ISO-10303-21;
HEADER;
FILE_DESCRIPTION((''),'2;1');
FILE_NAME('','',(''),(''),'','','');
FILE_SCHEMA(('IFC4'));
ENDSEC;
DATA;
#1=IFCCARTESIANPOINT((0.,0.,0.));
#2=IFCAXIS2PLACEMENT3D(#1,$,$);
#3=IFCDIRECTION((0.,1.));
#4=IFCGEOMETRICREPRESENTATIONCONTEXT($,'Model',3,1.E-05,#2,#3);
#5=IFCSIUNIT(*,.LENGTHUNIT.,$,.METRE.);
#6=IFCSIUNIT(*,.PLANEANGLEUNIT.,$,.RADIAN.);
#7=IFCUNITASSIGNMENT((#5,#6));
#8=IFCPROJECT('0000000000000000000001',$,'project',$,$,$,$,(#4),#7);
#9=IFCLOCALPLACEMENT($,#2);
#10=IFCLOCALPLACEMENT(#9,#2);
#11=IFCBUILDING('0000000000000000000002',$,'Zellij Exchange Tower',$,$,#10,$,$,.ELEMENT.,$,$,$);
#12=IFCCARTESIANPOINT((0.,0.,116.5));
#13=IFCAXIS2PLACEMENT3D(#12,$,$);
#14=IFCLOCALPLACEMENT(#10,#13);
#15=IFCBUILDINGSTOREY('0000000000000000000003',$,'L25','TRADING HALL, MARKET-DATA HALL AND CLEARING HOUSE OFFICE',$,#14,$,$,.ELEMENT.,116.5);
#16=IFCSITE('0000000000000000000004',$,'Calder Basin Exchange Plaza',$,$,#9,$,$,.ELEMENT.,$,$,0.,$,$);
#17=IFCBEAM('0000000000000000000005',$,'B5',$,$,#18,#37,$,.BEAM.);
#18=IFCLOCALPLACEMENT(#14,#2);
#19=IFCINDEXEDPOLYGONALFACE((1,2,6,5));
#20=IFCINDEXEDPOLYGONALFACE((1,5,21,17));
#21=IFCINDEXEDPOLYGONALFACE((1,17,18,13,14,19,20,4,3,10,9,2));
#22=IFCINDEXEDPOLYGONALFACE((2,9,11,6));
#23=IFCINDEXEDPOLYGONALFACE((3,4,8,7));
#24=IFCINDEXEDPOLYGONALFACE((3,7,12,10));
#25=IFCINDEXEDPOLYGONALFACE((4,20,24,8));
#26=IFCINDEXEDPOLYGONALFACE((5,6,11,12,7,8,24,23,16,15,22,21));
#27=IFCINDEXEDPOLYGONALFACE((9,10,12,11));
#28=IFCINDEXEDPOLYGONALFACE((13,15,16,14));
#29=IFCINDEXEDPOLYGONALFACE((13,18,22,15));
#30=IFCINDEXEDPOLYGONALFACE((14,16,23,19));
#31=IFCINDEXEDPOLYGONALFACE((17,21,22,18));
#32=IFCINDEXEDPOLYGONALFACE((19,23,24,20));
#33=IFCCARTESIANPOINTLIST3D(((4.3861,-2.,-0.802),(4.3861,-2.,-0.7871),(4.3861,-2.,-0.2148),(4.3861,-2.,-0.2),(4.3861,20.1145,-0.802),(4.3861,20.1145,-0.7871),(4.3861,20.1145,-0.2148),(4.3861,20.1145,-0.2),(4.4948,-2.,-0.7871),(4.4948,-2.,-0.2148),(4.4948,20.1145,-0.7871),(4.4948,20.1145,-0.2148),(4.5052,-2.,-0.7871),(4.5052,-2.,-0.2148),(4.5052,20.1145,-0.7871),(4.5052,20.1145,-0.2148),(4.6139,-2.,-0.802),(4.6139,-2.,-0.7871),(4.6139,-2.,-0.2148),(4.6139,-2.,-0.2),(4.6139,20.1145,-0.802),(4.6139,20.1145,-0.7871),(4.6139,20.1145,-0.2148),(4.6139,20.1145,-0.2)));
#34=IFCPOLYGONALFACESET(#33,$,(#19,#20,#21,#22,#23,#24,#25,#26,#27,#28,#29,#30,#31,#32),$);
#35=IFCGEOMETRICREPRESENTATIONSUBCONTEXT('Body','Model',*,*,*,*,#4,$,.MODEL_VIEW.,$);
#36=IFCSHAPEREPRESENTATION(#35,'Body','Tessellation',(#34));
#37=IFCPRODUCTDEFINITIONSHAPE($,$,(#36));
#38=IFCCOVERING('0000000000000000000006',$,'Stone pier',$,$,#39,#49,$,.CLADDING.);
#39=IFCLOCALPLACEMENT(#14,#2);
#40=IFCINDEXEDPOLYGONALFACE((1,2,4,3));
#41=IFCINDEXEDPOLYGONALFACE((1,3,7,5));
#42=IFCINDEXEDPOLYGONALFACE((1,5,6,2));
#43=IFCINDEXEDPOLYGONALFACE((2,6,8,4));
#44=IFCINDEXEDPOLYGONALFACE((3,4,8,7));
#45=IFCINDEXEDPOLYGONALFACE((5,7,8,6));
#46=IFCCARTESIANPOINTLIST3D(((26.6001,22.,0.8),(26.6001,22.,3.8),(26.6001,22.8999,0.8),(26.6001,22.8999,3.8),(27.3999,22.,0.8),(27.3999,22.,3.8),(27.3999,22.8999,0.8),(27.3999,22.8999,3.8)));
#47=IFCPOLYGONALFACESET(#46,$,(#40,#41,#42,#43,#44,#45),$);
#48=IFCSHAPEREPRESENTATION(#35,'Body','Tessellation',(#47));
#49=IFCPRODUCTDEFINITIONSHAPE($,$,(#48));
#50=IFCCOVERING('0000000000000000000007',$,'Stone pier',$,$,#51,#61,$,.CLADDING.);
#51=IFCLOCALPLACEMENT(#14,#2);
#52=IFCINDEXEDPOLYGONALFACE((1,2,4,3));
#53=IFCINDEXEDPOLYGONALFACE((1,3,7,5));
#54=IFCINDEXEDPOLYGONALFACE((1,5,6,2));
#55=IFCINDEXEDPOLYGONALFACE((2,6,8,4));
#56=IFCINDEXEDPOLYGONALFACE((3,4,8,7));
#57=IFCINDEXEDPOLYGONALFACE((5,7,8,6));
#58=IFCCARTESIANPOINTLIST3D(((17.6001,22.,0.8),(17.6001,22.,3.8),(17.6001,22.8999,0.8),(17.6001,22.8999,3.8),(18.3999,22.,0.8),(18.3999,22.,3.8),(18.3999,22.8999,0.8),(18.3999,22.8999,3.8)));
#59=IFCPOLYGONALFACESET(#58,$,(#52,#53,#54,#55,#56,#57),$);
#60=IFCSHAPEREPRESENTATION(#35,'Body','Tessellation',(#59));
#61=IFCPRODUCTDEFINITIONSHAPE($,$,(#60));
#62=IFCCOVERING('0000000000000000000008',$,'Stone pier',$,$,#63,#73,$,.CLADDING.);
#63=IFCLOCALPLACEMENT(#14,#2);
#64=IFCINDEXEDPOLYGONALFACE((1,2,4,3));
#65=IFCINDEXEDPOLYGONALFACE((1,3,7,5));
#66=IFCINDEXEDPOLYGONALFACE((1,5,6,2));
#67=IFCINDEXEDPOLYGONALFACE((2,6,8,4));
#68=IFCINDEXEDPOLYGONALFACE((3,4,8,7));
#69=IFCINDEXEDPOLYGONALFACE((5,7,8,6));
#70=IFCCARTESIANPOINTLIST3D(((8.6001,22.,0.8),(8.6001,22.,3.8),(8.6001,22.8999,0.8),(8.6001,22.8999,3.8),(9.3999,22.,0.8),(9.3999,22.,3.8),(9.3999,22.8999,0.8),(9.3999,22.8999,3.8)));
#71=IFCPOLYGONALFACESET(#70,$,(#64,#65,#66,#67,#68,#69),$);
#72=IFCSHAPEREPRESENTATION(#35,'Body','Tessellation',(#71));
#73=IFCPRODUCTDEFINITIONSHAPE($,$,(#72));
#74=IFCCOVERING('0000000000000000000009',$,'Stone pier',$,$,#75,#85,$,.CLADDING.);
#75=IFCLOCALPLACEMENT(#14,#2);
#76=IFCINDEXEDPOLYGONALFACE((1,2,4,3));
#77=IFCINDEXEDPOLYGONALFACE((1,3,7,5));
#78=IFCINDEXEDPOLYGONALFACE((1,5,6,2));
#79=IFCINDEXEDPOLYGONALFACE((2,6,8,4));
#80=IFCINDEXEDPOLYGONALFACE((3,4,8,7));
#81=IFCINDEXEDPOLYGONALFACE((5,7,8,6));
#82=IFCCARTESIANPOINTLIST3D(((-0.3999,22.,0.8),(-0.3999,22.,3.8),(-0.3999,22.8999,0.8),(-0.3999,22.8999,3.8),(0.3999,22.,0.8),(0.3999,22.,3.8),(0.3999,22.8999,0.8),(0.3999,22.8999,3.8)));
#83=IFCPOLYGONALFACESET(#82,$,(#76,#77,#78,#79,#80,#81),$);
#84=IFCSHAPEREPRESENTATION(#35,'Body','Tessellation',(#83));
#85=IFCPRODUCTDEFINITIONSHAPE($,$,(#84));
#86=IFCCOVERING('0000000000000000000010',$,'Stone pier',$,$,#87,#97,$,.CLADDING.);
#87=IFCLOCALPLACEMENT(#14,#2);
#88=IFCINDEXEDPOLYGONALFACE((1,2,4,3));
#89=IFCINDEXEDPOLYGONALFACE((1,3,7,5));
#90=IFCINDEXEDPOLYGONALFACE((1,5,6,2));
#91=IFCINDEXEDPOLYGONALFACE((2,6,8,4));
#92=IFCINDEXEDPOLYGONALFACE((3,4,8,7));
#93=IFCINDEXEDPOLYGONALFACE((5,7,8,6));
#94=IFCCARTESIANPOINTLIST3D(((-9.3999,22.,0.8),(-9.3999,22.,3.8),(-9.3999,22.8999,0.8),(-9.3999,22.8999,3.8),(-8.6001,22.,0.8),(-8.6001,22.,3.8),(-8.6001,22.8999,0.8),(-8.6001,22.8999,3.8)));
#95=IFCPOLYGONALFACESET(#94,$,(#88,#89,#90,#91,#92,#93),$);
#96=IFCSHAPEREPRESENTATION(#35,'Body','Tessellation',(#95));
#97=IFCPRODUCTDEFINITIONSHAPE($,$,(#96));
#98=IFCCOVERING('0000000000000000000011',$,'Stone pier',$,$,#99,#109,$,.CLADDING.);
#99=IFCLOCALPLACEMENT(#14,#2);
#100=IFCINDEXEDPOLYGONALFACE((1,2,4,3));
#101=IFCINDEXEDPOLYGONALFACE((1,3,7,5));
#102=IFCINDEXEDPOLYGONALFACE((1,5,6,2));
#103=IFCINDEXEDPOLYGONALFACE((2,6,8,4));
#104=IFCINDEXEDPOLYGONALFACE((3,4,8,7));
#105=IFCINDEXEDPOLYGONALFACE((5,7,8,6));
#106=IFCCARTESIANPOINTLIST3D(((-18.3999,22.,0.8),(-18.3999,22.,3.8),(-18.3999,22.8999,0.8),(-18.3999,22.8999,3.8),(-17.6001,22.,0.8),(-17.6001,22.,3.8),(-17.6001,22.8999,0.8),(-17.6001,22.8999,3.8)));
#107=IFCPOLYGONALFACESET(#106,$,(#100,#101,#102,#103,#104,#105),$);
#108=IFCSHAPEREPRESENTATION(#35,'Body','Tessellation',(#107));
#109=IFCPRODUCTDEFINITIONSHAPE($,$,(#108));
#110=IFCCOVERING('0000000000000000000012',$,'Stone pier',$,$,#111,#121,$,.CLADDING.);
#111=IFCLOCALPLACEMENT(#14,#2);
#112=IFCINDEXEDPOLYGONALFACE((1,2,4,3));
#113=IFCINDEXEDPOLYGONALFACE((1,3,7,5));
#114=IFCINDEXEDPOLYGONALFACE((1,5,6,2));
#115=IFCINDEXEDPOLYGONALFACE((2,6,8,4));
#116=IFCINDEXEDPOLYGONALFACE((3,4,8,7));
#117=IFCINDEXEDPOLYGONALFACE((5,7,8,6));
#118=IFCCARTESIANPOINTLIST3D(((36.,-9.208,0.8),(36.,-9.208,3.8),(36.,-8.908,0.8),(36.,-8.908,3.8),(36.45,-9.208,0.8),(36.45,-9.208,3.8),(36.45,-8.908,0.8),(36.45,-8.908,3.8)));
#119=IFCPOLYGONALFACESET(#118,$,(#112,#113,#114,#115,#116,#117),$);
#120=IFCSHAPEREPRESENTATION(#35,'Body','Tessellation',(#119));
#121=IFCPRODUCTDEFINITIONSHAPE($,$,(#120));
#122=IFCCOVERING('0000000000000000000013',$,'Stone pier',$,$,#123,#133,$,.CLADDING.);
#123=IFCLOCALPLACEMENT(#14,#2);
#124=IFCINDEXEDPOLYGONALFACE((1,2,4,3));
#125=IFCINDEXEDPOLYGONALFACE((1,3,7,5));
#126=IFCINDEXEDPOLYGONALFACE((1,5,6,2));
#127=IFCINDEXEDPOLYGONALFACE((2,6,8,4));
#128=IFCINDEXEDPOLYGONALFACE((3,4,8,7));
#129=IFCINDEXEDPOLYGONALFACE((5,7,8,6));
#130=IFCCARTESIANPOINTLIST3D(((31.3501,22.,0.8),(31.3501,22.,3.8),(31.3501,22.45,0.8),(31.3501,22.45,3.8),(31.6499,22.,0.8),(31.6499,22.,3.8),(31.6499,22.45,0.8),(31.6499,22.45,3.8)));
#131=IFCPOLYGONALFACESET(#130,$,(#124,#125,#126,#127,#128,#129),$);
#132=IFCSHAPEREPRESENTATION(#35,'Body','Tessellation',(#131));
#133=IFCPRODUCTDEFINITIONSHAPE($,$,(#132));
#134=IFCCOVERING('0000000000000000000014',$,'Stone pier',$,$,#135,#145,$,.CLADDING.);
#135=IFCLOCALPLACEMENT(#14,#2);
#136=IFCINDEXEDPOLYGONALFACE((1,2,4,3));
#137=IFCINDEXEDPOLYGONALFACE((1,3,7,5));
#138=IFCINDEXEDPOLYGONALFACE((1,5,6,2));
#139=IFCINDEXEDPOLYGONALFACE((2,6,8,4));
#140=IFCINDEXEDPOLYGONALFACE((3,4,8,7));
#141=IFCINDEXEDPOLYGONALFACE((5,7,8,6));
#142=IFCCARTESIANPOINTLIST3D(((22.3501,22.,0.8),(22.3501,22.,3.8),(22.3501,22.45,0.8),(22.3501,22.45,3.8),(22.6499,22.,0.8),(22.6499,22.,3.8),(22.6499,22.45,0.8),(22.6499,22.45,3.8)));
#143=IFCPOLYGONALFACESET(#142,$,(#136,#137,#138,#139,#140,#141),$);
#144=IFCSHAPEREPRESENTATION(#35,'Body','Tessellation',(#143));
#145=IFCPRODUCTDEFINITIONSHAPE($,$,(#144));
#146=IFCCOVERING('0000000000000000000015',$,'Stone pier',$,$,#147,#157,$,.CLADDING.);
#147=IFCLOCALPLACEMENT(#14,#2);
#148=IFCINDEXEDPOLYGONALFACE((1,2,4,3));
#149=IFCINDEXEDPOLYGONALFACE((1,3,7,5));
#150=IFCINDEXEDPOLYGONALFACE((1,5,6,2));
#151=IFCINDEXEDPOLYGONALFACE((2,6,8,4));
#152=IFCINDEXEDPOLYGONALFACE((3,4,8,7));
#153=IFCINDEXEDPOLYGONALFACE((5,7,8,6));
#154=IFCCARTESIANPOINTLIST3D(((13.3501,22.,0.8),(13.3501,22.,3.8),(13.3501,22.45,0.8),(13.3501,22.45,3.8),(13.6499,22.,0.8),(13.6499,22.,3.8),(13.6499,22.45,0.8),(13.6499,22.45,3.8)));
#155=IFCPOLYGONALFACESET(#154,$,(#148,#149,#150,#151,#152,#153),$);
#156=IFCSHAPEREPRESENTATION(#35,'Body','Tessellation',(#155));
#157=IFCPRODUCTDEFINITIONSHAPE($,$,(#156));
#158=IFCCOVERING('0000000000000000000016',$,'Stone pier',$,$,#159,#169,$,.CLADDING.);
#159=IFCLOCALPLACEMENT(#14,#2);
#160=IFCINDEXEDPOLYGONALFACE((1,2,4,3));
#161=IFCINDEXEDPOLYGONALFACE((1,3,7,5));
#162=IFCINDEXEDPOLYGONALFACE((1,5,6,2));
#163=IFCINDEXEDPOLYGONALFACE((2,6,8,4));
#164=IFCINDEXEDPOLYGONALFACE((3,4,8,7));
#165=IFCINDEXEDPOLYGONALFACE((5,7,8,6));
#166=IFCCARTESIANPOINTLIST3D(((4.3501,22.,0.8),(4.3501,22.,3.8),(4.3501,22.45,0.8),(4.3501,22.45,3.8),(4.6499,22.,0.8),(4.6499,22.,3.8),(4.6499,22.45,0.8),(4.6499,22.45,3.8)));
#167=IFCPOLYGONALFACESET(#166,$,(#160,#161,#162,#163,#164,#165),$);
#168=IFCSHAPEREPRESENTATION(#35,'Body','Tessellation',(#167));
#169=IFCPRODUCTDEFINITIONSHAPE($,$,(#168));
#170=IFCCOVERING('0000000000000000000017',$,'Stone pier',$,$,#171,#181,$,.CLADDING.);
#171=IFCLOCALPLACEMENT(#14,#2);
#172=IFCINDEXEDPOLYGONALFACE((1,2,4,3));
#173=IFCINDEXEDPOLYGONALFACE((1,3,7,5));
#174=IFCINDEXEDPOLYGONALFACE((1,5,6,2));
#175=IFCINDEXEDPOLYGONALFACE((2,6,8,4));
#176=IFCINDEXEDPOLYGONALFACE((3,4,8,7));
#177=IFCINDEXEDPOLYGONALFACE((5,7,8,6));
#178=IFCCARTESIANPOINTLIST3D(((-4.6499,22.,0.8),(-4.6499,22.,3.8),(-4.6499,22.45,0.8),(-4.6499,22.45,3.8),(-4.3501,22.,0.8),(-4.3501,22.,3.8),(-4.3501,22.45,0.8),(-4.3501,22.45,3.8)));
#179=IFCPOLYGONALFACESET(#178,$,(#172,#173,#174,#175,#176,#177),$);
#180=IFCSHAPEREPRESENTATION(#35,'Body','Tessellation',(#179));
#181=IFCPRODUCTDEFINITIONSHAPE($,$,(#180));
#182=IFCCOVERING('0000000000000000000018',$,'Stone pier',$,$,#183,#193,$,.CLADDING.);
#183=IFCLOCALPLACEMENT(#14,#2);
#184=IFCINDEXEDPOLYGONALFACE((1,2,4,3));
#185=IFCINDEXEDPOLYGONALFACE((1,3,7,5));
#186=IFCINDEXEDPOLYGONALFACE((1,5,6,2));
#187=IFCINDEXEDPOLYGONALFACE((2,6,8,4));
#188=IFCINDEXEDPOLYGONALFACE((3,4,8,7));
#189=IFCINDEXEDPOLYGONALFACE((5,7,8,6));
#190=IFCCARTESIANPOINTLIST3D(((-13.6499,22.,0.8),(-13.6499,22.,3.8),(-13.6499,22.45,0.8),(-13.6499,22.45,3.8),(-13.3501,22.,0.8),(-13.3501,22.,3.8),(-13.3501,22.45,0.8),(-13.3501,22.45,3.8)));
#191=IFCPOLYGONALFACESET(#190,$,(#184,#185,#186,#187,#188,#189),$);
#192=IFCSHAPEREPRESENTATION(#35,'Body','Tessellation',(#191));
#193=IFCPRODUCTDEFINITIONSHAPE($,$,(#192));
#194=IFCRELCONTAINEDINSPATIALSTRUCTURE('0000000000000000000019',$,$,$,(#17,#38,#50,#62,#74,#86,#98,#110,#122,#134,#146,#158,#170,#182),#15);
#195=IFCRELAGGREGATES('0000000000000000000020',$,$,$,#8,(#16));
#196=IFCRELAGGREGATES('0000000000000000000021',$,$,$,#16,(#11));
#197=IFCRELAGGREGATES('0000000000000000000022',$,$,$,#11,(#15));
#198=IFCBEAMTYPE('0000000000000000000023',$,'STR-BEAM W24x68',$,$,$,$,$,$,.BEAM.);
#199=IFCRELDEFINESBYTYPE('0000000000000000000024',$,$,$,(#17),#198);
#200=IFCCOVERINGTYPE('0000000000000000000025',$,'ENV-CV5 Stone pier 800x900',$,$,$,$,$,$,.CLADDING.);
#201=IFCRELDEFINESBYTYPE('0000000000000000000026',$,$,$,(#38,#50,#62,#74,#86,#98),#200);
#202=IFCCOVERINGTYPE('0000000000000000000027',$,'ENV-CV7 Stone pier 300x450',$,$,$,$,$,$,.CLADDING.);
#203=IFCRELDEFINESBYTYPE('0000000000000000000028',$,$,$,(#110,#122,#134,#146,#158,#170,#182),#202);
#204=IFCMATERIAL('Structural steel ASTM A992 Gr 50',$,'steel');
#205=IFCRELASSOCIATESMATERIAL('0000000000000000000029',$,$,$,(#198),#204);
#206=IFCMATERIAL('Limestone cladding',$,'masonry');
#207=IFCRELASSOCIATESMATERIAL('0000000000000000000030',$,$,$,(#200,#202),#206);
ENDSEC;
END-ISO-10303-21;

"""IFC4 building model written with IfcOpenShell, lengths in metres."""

from ifc_helpers import new_model, si_unit, direction, frame, origin, origin_2d, place, context, subcontext, project, spatial, polyline, i_section, outline, extrude, material, material_profile, profile_set, type_object, element, save


model = new_model("IFC4")

# Units and contexts
model_context = context("Model", 3, precision=1e-05, world=origin(), true_north=direction((0.0, 1.0)))
body_context = subcontext(model_context, "Body", "Model", "MODEL_VIEW")
ifc_project = project(units=[si_unit("LENGTHUNIT", "METRE"), si_unit("PLANEANGLEUNIT", "RADIAN")], contexts=[model_context])

# Site, building, storey
site_placement = place(None, origin())
site = spatial("IfcSite", under=ifc_project, at=site_placement, Name="Calder Basin Exchange Plaza", CompositionType="ELEMENT", RefElevation=0.0)
building_placement = place(site_placement, origin())
building = spatial("IfcBuilding", under=site, at=building_placement, Name="Zellij Exchange Tower", CompositionType="ELEMENT")
storey_placement = place(building_placement, frame((0.0, 0.0, 116.5)))
storey = spatial("IfcBuildingStorey", under=building, at=storey_placement, Name="L25", Description="TRADING HALL, MARKET-DATA HALL AND CLEARING HOUSE OFFICE", CompositionType="ELEMENT", Elevation=116.5)

# Beam
ifc_material_1 = material(Name="Structural steel ASTM A992 Gr 50", Category="steel")
ifc_material_profile = material_profile(ifc_material_1, i_section(OverallWidth=0.2278, OverallDepth=0.6021, WebThickness=0.0105, FlangeThickness=0.0149, at=origin_2d()), Name="W24x68")
ifc_profile_set = profile_set([ifc_material_profile], Name="Structural steel ASTM A992 Gr 50")
beam_type = type_object("IfcBeamType", Name="STR-BEAM W24x68", PredefinedType="BEAM", material=ifc_profile_set)
beam_placement = place(storey_placement, frame((4.5, -2.0, -0.501), z_axis=(0.0, 1.0, 0.0), x_axis=(-1.0, 0.0, 0.0)))
element("IfcBeam", 1, at=beam_placement, inside=storey, type_object=beam_type, Name="B5", PredefinedType="BEAM", context=body_context, shape_type="SweptSolid", body=[
    extrude(i_section(OverallWidth=0.2278, OverallDepth=0.6021, WebThickness=0.0105, FlangeThickness=0.0149, at=origin_2d()), origin(), (0.0, 0.0, 1.0), 22.1145),
])

# Coverings
ifc_material_2 = material(Name="Limestone cladding", Category="masonry")
covering_type_1 = type_object("IfcCoveringType", Name="ENV-CV5 Stone pier 800x900", PredefinedType="CLADDING", material=ifc_material_2)
covering_1_placement = place(storey_placement, frame((0.0, 0.0, 0.8)))
element("IfcCovering", 2, at=covering_1_placement, inside=storey, type_object=covering_type_1, Name="Stone pier", PredefinedType="CLADDING", context=body_context, shape_type="SweptSolid", body=[
    extrude(outline(polyline([(27.3999, 22.0), (26.6001, 22.0), (26.6001, 22.8999), (27.3999, 22.8999), (27.3999, 22.0)])), origin(), (0.0, 0.0, 1.0), 3.0),
])
covering_2_placement = place(storey_placement, frame((0.0, 0.0, 0.8)))
element("IfcCovering", 3, at=covering_2_placement, inside=storey, type_object=covering_type_1, Name="Stone pier", PredefinedType="CLADDING", context=body_context, shape_type="SweptSolid", body=[
    extrude(outline(polyline([(18.3999, 22.0), (17.6001, 22.0), (17.6001, 22.8999), (18.3999, 22.8999), (18.3999, 22.0)])), origin(), (0.0, 0.0, 1.0), 3.0),
])
covering_3_placement = place(storey_placement, frame((0.0, 0.0, 0.8)))
element("IfcCovering", 4, at=covering_3_placement, inside=storey, type_object=covering_type_1, Name="Stone pier", PredefinedType="CLADDING", context=body_context, shape_type="SweptSolid", body=[
    extrude(outline(polyline([(9.3999, 22.0), (8.6001, 22.0), (8.6001, 22.8999), (9.3999, 22.8999), (9.3999, 22.0)])), origin(), (0.0, 0.0, 1.0), 3.0),
])
covering_4_placement = place(storey_placement, frame((0.0, 0.0, 0.8)))
element("IfcCovering", 5, at=covering_4_placement, inside=storey, type_object=covering_type_1, Name="Stone pier", PredefinedType="CLADDING", context=body_context, shape_type="SweptSolid", body=[
    extrude(outline(polyline([(0.3999, 22.0), (-0.3999, 22.0), (-0.3999, 22.8999), (0.3999, 22.8999), (0.3999, 22.0)])), origin(), (0.0, 0.0, 1.0), 3.0),
])
covering_5_placement = place(storey_placement, frame((0.0, 0.0, 0.8)))
element("IfcCovering", 6, at=covering_5_placement, inside=storey, type_object=covering_type_1, Name="Stone pier", PredefinedType="CLADDING", context=body_context, shape_type="SweptSolid", body=[
    extrude(outline(polyline([(-8.6001, 22.0), (-9.3999, 22.0), (-9.3999, 22.8999), (-8.6001, 22.8999), (-8.6001, 22.0)])), origin(), (0.0, 0.0, 1.0), 3.0),
])
covering_6_placement = place(storey_placement, frame((0.0, 0.0, 0.8)))
element("IfcCovering", 7, at=covering_6_placement, inside=storey, type_object=covering_type_1, Name="Stone pier", PredefinedType="CLADDING", context=body_context, shape_type="SweptSolid", body=[
    extrude(outline(polyline([(-17.6001, 22.0), (-18.3999, 22.0), (-18.3999, 22.8999), (-17.6001, 22.8999), (-17.6001, 22.0)])), origin(), (0.0, 0.0, 1.0), 3.0),
])
covering_type_2 = type_object("IfcCoveringType", Name="ENV-CV7 Stone pier 300x450", PredefinedType="CLADDING", material=ifc_material_2)
covering_7_placement = place(storey_placement, frame((0.0, 0.0, 0.8)))
element("IfcCovering", 8, at=covering_7_placement, inside=storey, type_object=covering_type_2, Name="Stone pier", PredefinedType="CLADDING", context=body_context, shape_type="SweptSolid", body=[
    extrude(outline(polyline([(36.0, -9.208), (36.0, -8.908), (36.45, -8.908), (36.45, -9.208), (36.0, -9.208)])), origin(), (0.0, 0.0, 1.0), 3.0),
])
covering_8_placement = place(storey_placement, frame((0.0, 0.0, 0.8)))
element("IfcCovering", 9, at=covering_8_placement, inside=storey, type_object=covering_type_2, Name="Stone pier", PredefinedType="CLADDING", context=body_context, shape_type="SweptSolid", body=[
    extrude(outline(polyline([(31.6499, 22.0), (31.3501, 22.0), (31.3501, 22.45), (31.6499, 22.45), (31.6499, 22.0)])), origin(), (0.0, 0.0, 1.0), 3.0),
])
covering_9_placement = place(storey_placement, frame((0.0, 0.0, 0.8)))
element("IfcCovering", 10, at=covering_9_placement, inside=storey, type_object=covering_type_2, Name="Stone pier", PredefinedType="CLADDING", context=body_context, shape_type="SweptSolid", body=[
    extrude(outline(polyline([(22.6499, 22.0), (22.3501, 22.0), (22.3501, 22.45), (22.6499, 22.45), (22.6499, 22.0)])), origin(), (0.0, 0.0, 1.0), 3.0),
])
covering_10_placement = place(storey_placement, frame((0.0, 0.0, 0.8)))
element("IfcCovering", 11, at=covering_10_placement, inside=storey, type_object=covering_type_2, Name="Stone pier", PredefinedType="CLADDING", context=body_context, shape_type="SweptSolid", body=[
    extrude(outline(polyline([(13.6499, 22.0), (13.3501, 22.0), (13.3501, 22.45), (13.6499, 22.45), (13.6499, 22.0)])), origin(), (0.0, 0.0, 1.0), 3.0),
])
covering_11_placement = place(storey_placement, frame((0.0, 0.0, 0.8)))
element("IfcCovering", 12, at=covering_11_placement, inside=storey, type_object=covering_type_2, Name="Stone pier", PredefinedType="CLADDING", context=body_context, shape_type="SweptSolid", body=[
    extrude(outline(polyline([(4.6499, 22.0), (4.3501, 22.0), (4.3501, 22.45), (4.6499, 22.45), (4.6499, 22.0)])), origin(), (0.0, 0.0, 1.0), 3.0),
])
covering_12_placement = place(storey_placement, frame((0.0, 0.0, 0.8)))
element("IfcCovering", 13, at=covering_12_placement, inside=storey, type_object=covering_type_2, Name="Stone pier", PredefinedType="CLADDING", context=body_context, shape_type="SweptSolid", body=[
    extrude(outline(polyline([(-4.3501, 22.0), (-4.6499, 22.0), (-4.6499, 22.45), (-4.3501, 22.45), (-4.3501, 22.0)])), origin(), (0.0, 0.0, 1.0), 3.0),
])
covering_13_placement = place(storey_placement, frame((0.0, 0.0, 0.8)))
element("IfcCovering", 14, at=covering_13_placement, inside=storey, type_object=covering_type_2, Name="Stone pier", PredefinedType="CLADDING", context=body_context, shape_type="SweptSolid", body=[
    extrude(outline(polyline([(-13.3501, 22.0), (-13.6499, 22.0), (-13.6499, 22.45), (-13.3501, 22.45), (-13.3501, 22.0)])), origin(), (0.0, 0.0, 1.0), 3.0),
])

save(model, "model.ifc")
